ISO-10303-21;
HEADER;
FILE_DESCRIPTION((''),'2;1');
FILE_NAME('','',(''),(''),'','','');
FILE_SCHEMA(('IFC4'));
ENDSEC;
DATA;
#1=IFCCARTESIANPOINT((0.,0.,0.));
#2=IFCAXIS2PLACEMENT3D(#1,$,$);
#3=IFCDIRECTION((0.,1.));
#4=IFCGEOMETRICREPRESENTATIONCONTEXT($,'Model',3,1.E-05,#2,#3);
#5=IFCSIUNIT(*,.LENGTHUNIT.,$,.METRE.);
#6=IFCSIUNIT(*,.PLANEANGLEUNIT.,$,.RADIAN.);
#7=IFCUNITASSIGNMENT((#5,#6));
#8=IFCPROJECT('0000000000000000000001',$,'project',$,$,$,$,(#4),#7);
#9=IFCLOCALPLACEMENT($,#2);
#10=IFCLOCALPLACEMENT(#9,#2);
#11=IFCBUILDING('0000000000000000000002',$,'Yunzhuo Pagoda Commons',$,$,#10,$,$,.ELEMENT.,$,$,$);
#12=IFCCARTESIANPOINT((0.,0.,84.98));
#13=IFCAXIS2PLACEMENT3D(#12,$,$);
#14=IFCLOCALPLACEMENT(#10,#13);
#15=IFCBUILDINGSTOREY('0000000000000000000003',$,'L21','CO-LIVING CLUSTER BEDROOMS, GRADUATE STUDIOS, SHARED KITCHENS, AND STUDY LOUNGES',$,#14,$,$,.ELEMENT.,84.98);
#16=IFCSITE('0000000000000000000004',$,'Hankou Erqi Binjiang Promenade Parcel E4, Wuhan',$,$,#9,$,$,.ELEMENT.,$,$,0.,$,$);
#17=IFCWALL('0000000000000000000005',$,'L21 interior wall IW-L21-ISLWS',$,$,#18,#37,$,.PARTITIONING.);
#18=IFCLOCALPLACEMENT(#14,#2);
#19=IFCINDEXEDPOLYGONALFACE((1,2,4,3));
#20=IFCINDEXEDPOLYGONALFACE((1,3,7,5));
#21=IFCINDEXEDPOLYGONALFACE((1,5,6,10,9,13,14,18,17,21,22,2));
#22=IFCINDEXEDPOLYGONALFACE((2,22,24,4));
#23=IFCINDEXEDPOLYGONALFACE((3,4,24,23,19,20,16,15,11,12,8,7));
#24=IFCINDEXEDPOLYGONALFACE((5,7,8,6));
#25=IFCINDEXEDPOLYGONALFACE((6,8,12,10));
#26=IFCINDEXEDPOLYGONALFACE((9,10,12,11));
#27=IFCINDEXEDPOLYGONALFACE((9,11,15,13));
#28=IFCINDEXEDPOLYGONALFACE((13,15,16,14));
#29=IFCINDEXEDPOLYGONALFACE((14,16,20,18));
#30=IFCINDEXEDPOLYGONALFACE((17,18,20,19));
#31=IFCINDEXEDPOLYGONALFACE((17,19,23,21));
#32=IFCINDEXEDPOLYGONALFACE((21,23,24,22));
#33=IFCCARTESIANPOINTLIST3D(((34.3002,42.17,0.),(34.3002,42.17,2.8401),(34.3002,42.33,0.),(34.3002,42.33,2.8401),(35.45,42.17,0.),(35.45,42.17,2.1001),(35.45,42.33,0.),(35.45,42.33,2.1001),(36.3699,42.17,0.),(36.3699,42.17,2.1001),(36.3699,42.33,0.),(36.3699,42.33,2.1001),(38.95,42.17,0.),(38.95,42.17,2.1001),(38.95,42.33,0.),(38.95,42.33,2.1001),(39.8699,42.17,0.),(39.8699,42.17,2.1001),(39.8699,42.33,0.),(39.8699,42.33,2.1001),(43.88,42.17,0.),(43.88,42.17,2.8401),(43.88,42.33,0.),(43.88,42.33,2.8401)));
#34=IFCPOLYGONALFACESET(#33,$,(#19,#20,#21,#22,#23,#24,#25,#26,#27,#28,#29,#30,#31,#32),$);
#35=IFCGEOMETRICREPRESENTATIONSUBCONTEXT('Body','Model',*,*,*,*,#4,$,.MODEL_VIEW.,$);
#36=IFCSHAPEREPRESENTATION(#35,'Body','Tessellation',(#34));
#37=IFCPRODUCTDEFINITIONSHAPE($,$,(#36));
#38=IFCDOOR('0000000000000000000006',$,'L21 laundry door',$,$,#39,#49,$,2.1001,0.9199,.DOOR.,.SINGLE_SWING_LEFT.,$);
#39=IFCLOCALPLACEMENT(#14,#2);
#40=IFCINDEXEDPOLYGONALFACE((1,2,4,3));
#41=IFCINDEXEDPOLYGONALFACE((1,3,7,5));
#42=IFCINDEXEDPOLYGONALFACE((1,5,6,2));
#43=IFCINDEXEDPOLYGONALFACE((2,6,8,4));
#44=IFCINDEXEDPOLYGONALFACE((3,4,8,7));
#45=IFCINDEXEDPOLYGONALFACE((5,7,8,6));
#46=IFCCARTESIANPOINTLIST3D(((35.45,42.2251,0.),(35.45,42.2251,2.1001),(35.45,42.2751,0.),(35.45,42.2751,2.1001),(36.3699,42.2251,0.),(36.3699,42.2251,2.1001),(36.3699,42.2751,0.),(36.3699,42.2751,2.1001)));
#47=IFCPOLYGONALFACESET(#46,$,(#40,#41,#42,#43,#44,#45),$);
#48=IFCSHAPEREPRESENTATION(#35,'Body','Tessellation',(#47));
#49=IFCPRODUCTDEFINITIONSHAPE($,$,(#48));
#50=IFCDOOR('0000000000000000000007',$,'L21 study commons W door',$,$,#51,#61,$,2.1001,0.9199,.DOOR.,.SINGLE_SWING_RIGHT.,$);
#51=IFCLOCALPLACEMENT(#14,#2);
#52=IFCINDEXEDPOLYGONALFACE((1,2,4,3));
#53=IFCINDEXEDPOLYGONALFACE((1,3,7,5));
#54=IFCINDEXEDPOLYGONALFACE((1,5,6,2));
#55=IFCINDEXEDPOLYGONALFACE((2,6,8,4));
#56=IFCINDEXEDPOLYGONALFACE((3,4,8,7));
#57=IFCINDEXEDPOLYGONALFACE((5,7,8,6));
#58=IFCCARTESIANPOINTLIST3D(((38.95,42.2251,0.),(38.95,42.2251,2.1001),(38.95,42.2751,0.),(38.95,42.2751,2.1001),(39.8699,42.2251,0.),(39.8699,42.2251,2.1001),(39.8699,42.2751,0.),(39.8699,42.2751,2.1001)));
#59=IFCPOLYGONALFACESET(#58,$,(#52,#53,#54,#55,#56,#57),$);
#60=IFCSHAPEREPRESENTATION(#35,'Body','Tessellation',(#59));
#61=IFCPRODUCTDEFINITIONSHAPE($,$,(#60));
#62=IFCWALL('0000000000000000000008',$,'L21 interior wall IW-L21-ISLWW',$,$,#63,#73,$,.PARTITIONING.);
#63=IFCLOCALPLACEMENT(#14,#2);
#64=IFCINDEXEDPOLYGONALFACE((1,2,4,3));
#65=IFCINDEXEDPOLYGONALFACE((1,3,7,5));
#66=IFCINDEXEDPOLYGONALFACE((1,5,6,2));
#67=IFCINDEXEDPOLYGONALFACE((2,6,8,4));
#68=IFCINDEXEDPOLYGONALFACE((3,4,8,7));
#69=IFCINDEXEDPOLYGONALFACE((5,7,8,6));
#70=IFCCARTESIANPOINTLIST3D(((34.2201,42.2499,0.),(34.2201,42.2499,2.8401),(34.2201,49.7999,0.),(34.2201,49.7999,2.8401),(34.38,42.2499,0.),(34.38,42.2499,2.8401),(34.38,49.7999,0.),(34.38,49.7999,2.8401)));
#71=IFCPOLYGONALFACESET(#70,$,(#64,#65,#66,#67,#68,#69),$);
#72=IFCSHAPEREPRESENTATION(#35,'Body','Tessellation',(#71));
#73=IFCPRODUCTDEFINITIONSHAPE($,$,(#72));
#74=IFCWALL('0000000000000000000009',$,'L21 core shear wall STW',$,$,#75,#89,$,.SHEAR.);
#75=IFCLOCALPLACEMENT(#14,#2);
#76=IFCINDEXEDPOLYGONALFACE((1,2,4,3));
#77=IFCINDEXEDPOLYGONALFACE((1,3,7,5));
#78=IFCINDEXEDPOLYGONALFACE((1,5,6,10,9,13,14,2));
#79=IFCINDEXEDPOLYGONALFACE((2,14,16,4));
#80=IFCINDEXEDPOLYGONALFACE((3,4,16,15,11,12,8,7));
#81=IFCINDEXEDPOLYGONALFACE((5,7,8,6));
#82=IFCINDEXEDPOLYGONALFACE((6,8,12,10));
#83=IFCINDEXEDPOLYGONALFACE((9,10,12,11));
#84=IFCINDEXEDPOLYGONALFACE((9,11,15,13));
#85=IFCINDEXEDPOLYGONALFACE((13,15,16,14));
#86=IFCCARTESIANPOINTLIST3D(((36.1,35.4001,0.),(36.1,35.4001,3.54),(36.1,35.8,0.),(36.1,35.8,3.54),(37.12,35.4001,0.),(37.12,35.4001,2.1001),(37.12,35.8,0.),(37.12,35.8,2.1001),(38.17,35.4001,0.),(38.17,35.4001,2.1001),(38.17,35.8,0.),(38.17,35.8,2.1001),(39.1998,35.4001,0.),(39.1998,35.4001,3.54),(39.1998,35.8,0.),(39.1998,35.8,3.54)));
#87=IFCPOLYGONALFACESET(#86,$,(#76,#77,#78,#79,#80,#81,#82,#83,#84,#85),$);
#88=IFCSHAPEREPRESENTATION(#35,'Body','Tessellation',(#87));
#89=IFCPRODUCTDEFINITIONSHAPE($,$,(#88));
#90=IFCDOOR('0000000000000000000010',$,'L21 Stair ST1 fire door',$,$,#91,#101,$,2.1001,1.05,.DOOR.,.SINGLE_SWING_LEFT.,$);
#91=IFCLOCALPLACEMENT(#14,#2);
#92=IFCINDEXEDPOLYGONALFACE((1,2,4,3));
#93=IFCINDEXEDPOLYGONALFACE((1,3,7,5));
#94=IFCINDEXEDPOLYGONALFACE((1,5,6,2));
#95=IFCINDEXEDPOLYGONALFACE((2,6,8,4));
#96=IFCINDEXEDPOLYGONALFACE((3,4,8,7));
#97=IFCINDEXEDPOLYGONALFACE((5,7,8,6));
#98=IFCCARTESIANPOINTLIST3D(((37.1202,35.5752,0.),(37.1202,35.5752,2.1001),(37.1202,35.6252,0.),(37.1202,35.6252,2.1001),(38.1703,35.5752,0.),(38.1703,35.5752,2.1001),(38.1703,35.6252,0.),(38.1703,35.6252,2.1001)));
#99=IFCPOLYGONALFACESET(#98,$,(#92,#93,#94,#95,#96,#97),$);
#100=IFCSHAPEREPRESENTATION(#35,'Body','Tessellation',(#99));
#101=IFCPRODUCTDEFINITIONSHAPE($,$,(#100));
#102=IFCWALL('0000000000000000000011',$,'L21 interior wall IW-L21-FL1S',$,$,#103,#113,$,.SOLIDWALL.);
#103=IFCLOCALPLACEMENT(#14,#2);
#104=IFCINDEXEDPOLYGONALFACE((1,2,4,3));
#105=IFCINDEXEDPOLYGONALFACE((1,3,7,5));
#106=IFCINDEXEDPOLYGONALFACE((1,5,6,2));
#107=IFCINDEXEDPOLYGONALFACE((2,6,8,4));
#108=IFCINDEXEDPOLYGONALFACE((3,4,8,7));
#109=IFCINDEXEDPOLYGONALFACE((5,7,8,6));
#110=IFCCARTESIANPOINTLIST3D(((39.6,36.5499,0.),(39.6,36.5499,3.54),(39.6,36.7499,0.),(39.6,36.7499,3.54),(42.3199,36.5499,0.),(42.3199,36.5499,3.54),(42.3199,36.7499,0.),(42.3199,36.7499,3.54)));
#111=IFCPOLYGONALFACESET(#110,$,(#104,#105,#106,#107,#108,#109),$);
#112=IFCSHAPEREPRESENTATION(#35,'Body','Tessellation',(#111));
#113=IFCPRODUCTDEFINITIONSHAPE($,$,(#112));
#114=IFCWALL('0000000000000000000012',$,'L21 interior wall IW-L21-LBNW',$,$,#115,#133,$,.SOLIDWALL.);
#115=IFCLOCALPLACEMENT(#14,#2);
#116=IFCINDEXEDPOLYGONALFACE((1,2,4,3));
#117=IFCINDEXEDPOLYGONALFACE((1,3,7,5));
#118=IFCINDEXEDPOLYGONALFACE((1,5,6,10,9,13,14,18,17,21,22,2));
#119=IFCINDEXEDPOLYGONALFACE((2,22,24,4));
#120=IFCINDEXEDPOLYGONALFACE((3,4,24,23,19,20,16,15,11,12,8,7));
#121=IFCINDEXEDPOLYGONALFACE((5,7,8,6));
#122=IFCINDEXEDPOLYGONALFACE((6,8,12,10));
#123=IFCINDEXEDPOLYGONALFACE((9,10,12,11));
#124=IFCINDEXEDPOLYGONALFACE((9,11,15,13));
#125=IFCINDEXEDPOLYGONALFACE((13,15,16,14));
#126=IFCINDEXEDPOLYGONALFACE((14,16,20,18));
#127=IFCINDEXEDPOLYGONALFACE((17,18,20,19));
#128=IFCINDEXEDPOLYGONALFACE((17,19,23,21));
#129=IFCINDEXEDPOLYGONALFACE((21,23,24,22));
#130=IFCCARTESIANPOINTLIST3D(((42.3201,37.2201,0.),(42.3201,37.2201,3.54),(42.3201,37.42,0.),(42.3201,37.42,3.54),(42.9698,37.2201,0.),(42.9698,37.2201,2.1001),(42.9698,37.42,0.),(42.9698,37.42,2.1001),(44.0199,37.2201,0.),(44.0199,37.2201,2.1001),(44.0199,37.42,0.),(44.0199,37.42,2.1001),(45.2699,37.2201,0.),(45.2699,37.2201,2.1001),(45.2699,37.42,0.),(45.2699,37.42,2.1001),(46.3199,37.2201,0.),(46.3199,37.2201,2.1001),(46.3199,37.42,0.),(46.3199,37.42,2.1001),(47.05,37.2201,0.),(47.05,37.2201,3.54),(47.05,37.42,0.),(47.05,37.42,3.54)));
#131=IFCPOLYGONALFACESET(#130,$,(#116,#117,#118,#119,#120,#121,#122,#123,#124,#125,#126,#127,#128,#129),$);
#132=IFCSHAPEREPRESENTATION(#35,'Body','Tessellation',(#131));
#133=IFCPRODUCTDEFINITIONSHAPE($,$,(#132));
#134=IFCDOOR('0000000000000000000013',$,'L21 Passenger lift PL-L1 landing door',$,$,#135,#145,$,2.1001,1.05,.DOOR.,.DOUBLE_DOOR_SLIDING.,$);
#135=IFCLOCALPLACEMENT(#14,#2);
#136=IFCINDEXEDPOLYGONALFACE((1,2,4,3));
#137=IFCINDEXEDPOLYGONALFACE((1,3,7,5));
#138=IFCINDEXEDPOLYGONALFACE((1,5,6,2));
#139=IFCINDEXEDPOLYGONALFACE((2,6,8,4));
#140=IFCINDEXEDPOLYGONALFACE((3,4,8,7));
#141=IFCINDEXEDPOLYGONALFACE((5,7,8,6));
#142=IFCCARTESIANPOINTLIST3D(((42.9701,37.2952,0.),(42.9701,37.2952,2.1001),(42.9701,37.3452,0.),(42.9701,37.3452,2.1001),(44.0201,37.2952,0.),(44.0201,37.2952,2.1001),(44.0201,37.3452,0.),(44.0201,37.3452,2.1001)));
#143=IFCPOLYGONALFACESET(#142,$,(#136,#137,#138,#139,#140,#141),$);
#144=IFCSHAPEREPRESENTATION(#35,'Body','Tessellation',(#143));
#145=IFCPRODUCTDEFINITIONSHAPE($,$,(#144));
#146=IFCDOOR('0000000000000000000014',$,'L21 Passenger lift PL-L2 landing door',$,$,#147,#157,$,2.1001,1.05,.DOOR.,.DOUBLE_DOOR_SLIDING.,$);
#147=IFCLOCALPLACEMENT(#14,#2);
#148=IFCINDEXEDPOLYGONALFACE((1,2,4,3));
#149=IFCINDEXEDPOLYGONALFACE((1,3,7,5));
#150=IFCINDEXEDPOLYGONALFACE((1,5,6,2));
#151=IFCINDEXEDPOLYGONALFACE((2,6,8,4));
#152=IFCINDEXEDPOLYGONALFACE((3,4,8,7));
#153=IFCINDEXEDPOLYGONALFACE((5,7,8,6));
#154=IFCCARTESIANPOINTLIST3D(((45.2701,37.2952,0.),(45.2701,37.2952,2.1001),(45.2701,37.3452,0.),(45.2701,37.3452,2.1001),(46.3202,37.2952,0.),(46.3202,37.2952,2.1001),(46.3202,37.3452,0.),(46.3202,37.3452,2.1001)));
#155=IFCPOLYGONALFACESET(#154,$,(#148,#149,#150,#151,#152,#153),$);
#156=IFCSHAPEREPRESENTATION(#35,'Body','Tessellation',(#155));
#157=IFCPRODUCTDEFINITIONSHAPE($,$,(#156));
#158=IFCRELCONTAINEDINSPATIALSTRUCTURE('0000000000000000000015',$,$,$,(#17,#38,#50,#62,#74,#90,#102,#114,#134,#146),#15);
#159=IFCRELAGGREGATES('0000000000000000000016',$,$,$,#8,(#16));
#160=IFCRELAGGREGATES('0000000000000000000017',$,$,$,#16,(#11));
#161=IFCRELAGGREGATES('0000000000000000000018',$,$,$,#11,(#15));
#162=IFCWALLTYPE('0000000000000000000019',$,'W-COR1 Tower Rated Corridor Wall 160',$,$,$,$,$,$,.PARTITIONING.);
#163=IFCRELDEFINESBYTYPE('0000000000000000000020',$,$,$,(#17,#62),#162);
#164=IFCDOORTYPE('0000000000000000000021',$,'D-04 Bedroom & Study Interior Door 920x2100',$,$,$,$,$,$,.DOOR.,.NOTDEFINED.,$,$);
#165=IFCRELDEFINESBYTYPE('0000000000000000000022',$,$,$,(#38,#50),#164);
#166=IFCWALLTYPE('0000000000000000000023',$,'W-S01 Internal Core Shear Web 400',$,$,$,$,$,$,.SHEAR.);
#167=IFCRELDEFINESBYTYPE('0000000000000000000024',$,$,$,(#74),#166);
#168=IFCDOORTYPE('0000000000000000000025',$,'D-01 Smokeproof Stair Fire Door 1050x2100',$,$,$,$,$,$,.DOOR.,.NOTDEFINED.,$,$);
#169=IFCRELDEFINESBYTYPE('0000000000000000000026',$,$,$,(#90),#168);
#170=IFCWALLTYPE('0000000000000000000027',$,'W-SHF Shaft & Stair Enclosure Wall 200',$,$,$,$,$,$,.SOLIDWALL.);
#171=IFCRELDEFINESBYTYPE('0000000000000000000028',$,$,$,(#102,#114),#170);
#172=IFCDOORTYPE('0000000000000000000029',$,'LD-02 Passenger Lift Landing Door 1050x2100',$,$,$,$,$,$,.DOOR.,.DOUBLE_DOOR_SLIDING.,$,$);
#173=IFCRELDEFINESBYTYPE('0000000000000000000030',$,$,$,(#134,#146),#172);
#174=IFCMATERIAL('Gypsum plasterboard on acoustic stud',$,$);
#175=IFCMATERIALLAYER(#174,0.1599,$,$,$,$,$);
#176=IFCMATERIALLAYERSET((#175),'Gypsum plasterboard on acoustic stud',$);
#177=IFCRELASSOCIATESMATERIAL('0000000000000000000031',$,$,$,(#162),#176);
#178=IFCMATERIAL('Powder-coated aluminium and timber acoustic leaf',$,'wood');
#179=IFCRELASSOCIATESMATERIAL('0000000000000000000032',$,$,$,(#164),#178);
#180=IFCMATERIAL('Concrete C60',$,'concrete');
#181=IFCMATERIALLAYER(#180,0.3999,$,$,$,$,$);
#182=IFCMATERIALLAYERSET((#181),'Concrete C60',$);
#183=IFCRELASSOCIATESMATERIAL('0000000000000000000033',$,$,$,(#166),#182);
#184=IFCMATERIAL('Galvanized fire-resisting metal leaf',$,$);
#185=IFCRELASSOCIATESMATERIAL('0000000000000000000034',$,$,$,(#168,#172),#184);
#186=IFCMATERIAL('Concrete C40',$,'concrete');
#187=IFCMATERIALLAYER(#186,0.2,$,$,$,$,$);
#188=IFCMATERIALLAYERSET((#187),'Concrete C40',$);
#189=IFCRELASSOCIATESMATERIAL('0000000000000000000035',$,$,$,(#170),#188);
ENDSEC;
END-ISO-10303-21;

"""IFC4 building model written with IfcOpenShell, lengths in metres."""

from ifc_helpers import new_model, si_unit, direction, frame, frame_2d, origin, place, context, subcontext, project, spatial, rectangle, extrude, source, transform, mapped, material, layer, layer_set, type_object, element, fill, save


model = new_model("IFC4")

# Units and contexts
model_context = context("Model", 3, precision=1e-05, world=origin(), true_north=direction((0.0, 1.0)))
body_context = subcontext(model_context, "Body", "Model", "MODEL_VIEW")
ifc_project = project(units=[si_unit("LENGTHUNIT", "METRE"), si_unit("PLANEANGLEUNIT", "RADIAN")], contexts=[model_context])

# Site, building, storey
site_placement = place(None, origin())
site = spatial("IfcSite", under=ifc_project, at=site_placement, Name="Hankou Erqi Binjiang Promenade Parcel E4, Wuhan", CompositionType="ELEMENT", RefElevation=0.0)
building_placement = place(site_placement, origin())
building = spatial("IfcBuilding", under=site, at=building_placement, Name="Yunzhuo Pagoda Commons", CompositionType="ELEMENT")
storey_placement = place(building_placement, frame((0.0, 0.0, 84.98)))
storey = spatial("IfcBuildingStorey", under=building, at=storey_placement, Name="L21", Description="CO-LIVING CLUSTER BEDROOMS, GRADUATE STUDIOS, SHARED KITCHENS, AND STUDY LOUNGES", CompositionType="ELEMENT", Elevation=84.98)

# Shared definitions
ifc_material_1 = material(Name="Concrete C60", Category="concrete")
ifc_material_2 = material(Name="Galvanized fire-resisting metal leaf")
shared_shape_1 = source(origin(), body_context, "Body", "SweptSolid", [
    extrude(rectangle(XDim=1.05, YDim=2.1001, at=frame_2d((0.5249, 1.05))), frame((0.0, 0.0249, 0.0), z_axis=(0.0, -1.0, 0.0), x_axis=(1.0, 0.0, 0.0)), (0.0, 0.0, 1.0), 0.05),
])

# Wall, openings, doors
ifc_material_3 = material(Name="Gypsum plasterboard on acoustic stud")
ifc_layer_1 = layer(ifc_material_3, 0.1599)
ifc_layer_set_1 = layer_set([ifc_layer_1], Name="Gypsum plasterboard on acoustic stud")
wall_type_1 = type_object("IfcWallType", Name="W-COR1 Tower Rated Corridor Wall 160", PredefinedType="PARTITIONING", material=ifc_layer_set_1)
wall_1_placement = place(storey_placement, frame((34.3, 42.25, 0.0), z_axis=(0.0, 0.0, 1.0), x_axis=(1.0, 0.0, 0.0)))
wall_1 = element("IfcWall", 1, at=wall_1_placement, inside=storey, type_object=wall_type_1, Name="L21 interior wall IW-L21-ISLWS", PredefinedType="PARTITIONING", context=body_context, shape_type="SweptSolid", body=[
    extrude(rectangle(XDim=9.5798, YDim=0.1599, at=frame_2d((4.79, 0.0))), origin(), (0.0, 0.0, 1.0), 2.8401),
])
opening_1_placement = place(wall_1_placement, frame((1.1499, 0.0, 0.0)))
opening_1 = element("IfcOpeningElement", 2, at=opening_1_placement, cuts=wall_1, PredefinedType="OPENING", context=body_context, shape_type="SweptSolid", body=[
    extrude(rectangle(XDim=0.9199, YDim=2.1001, at=frame_2d((0.46, 1.05))), frame((0.0, 0.0898, 0.0), z_axis=(0.0, -1.0, 0.0), x_axis=(1.0, 0.0, 0.0)), (0.0, 0.0, 1.0), 0.1799),
])
opening_2_placement = place(wall_1_placement, frame((4.6499, 0.0, 0.0)))
opening_2 = element("IfcOpeningElement", 3, at=opening_2_placement, cuts=wall_1, PredefinedType="OPENING", context=body_context, shape_type="SweptSolid", body=[
    extrude(rectangle(XDim=0.9199, YDim=2.1001, at=frame_2d((0.46, 1.05))), frame((0.0, 0.0898, 0.0), z_axis=(0.0, -1.0, 0.0), x_axis=(1.0, 0.0, 0.0)), (0.0, 0.0, 1.0), 0.1799),
])
ifc_material_4 = material(Name="Powder-coated aluminium and timber acoustic leaf", Category="wood")
door_type_1 = type_object("IfcDoorType", Name="D-04 Bedroom & Study Interior Door 920x2100", OperationType="NOTDEFINED", PredefinedType="DOOR", material=ifc_material_4)
shared_shape_2 = source(origin(), body_context, "Body", "SweptSolid", [
    extrude(rectangle(XDim=0.9199, YDim=2.1001, at=frame_2d((0.46, 1.05))), frame((0.0, 0.0249, 0.0), z_axis=(0.0, -1.0, 0.0), x_axis=(1.0, 0.0, 0.0)), (0.0, 0.0, 1.0), 0.05),
])
door_1_placement = place(opening_1_placement, frame((0.9199, 0.0, 0.0), z_axis=(0.0, 0.0, 1.0), x_axis=(-1.0, 0.0, 0.0)))
door_1 = element("IfcDoor", 4, at=door_1_placement, inside=storey, type_object=door_type_1, Name="L21 laundry door", OperationType="SINGLE_SWING_LEFT", OverallHeight=2.1001, OverallWidth=0.9199, PredefinedType="DOOR", context=body_context, shape_type="MappedRepresentation", body=[
    mapped(shared_shape_2, transform((0.0, 0.0, 0.0), scale=1.0)),
])
fill(opening_1, door_1)
door_2_placement = place(opening_2_placement, frame((0.9199, 0.0, 0.0), z_axis=(0.0, 0.0, 1.0), x_axis=(-1.0, 0.0, 0.0)))
door_2 = element("IfcDoor", 5, at=door_2_placement, inside=storey, type_object=door_type_1, Name="L21 study commons W door", OperationType="SINGLE_SWING_RIGHT", OverallHeight=2.1001, OverallWidth=0.9199, PredefinedType="DOOR", context=body_context, shape_type="MappedRepresentation", body=[
    mapped(shared_shape_2, transform((0.0, 0.0, 0.0), scale=1.0)),
])
fill(opening_2, door_2)

# Wall
wall_2_placement = place(storey_placement, frame((34.3, 42.25, 0.0), z_axis=(0.0, 0.0, 1.0), x_axis=(0.0, 1.0, 0.0)))
element("IfcWall", 6, at=wall_2_placement, inside=storey, type_object=wall_type_1, Name="L21 interior wall IW-L21-ISLWW", PredefinedType="PARTITIONING", context=body_context, shape_type="SweptSolid", body=[
    extrude(rectangle(XDim=7.55, YDim=0.1599, at=frame_2d((3.7749, 0.0))), origin(), (0.0, 0.0, 1.0), 2.8401),
])

# Wall, opening, door
ifc_layer_2 = layer(ifc_material_1, 0.3999)
ifc_layer_set_2 = layer_set([ifc_layer_2], Name="Concrete C60")
wall_type_2 = type_object("IfcWallType", Name="W-S01 Internal Core Shear Web 400", PredefinedType="SHEAR", material=ifc_layer_set_2)
wall_3_placement = place(storey_placement, frame((36.1001, 35.6001, 0.0), z_axis=(0.0, 0.0, 1.0), x_axis=(1.0, 0.0, 0.0)))
wall_3 = element("IfcWall", 7, at=wall_3_placement, inside=storey, type_object=wall_type_2, Name="L21 core shear wall STW", PredefinedType="SHEAR", context=body_context, shape_type="SweptSolid", body=[
    extrude(rectangle(XDim=3.0999, YDim=0.3999, at=frame_2d((1.5498, 0.0))), origin(), (0.0, 0.0, 1.0), 3.54),
])
opening_3_placement = place(wall_3_placement, frame((1.02, 0.0, 0.0)))
opening_3 = element("IfcOpeningElement", 8, at=opening_3_placement, cuts=wall_3, PredefinedType="OPENING", context=body_context, shape_type="SweptSolid", body=[
    extrude(rectangle(XDim=1.05, YDim=2.1001, at=frame_2d((0.5249, 1.05))), frame((0.0, 0.21, 0.0), z_axis=(0.0, -1.0, 0.0), x_axis=(1.0, 0.0, 0.0)), (0.0, 0.0, 1.0), 0.4199),
])
door_type_2 = type_object("IfcDoorType", Name="D-01 Smokeproof Stair Fire Door 1050x2100", OperationType="NOTDEFINED", PredefinedType="DOOR", material=ifc_material_2)
door_3_placement = place(opening_3_placement, frame((1.05, 0.0, 0.0), z_axis=(0.0, 0.0, 1.0), x_axis=(-1.0, 0.0, 0.0)))
door_3 = element("IfcDoor", 9, at=door_3_placement, inside=storey, type_object=door_type_2, Name="L21 Stair ST1 fire door", OperationType="SINGLE_SWING_LEFT", OverallHeight=2.1001, OverallWidth=1.05, PredefinedType="DOOR", context=body_context, shape_type="MappedRepresentation", body=[
    mapped(shared_shape_1, transform((0.0, 0.0, 0.0), scale=1.0)),
])
fill(opening_3, door_3)

# Wall
ifc_material_5 = material(Name="Concrete C40", Category="concrete")
ifc_layer_3 = layer(ifc_material_5, 0.2)
ifc_layer_set_3 = layer_set([ifc_layer_3], Name="Concrete C40")
wall_type_3 = type_object("IfcWallType", Name="W-SHF Shaft & Stair Enclosure Wall 200", PredefinedType="SOLIDWALL", material=ifc_layer_set_3)
wall_4_placement = place(storey_placement, frame((39.6001, 36.6499, 0.0), z_axis=(0.0, 0.0, 1.0), x_axis=(1.0, 0.0, 0.0)))
element("IfcWall", 10, at=wall_4_placement, inside=storey, type_object=wall_type_3, Name="L21 interior wall IW-L21-FL1S", PredefinedType="SOLIDWALL", context=body_context, shape_type="SweptSolid", body=[
    extrude(rectangle(XDim=2.72, YDim=0.2, at=frame_2d((1.3599, 0.0))), origin(), (0.0, 0.0, 1.0), 3.54),
])

# Wall, openings, doors
wall_5_placement = place(storey_placement, frame((42.3201, 37.3201, 0.0), z_axis=(0.0, 0.0, 1.0), x_axis=(1.0, 0.0, 0.0)))
wall_5 = element("IfcWall", 11, at=wall_5_placement, inside=storey, type_object=wall_type_3, Name="L21 interior wall IW-L21-LBNW", PredefinedType="SOLIDWALL", context=body_context, shape_type="SweptSolid", body=[
    extrude(rectangle(XDim=4.73, YDim=0.2, at=frame_2d((2.365, 0.0))), origin(), (0.0, 0.0, 1.0), 3.54),
])
opening_4_placement = place(wall_5_placement, frame((0.6499, 0.0, 0.0)))
opening_4 = element("IfcOpeningElement", 12, at=opening_4_placement, cuts=wall_5, PredefinedType="OPENING", context=body_context, shape_type="SweptSolid", body=[
    extrude(rectangle(XDim=1.05, YDim=2.1001, at=frame_2d((0.5249, 1.05))), frame((0.0, 0.1099, 0.0), z_axis=(0.0, -1.0, 0.0), x_axis=(1.0, 0.0, 0.0)), (0.0, 0.0, 1.0), 0.22),
])
opening_5_placement = place(wall_5_placement, frame((2.95, 0.0, 0.0)))
opening_5 = element("IfcOpeningElement", 13, at=opening_5_placement, cuts=wall_5, PredefinedType="OPENING", context=body_context, shape_type="SweptSolid", body=[
    extrude(rectangle(XDim=1.05, YDim=2.1001, at=frame_2d((0.5249, 1.05))), frame((0.0, 0.1099, 0.0), z_axis=(0.0, -1.0, 0.0), x_axis=(1.0, 0.0, 0.0)), (0.0, 0.0, 1.0), 0.22),
])
door_type_3 = type_object("IfcDoorType", Name="LD-02 Passenger Lift Landing Door 1050x2100", OperationType="DOUBLE_DOOR_SLIDING", PredefinedType="DOOR", material=ifc_material_2)
door_4_placement = place(opening_4_placement, frame((1.05, 0.0, 0.0), z_axis=(0.0, 0.0, 1.0), x_axis=(-1.0, 0.0, 0.0)))
door_4 = element("IfcDoor", 14, at=door_4_placement, inside=storey, type_object=door_type_3, Name="L21 Passenger lift PL-L1 landing door", OperationType="DOUBLE_DOOR_SLIDING", OverallHeight=2.1001, OverallWidth=1.05, PredefinedType="DOOR", context=body_context, shape_type="MappedRepresentation", body=[
    mapped(shared_shape_1, transform((0.0, 0.0, 0.0), scale=1.0)),
])
fill(opening_4, door_4)
door_5_placement = place(opening_5_placement, frame((1.05, 0.0, 0.0), z_axis=(0.0, 0.0, 1.0), x_axis=(-1.0, 0.0, 0.0)))
door_5 = element("IfcDoor", 15, at=door_5_placement, inside=storey, type_object=door_type_3, Name="L21 Passenger lift PL-L2 landing door", OperationType="DOUBLE_DOOR_SLIDING", OverallHeight=2.1001, OverallWidth=1.05, PredefinedType="DOOR", context=body_context, shape_type="MappedRepresentation", body=[
    mapped(shared_shape_1, transform((0.0, 0.0, 0.0), scale=1.0)),
])
fill(opening_5, door_5)

save(model, "model.ifc")
